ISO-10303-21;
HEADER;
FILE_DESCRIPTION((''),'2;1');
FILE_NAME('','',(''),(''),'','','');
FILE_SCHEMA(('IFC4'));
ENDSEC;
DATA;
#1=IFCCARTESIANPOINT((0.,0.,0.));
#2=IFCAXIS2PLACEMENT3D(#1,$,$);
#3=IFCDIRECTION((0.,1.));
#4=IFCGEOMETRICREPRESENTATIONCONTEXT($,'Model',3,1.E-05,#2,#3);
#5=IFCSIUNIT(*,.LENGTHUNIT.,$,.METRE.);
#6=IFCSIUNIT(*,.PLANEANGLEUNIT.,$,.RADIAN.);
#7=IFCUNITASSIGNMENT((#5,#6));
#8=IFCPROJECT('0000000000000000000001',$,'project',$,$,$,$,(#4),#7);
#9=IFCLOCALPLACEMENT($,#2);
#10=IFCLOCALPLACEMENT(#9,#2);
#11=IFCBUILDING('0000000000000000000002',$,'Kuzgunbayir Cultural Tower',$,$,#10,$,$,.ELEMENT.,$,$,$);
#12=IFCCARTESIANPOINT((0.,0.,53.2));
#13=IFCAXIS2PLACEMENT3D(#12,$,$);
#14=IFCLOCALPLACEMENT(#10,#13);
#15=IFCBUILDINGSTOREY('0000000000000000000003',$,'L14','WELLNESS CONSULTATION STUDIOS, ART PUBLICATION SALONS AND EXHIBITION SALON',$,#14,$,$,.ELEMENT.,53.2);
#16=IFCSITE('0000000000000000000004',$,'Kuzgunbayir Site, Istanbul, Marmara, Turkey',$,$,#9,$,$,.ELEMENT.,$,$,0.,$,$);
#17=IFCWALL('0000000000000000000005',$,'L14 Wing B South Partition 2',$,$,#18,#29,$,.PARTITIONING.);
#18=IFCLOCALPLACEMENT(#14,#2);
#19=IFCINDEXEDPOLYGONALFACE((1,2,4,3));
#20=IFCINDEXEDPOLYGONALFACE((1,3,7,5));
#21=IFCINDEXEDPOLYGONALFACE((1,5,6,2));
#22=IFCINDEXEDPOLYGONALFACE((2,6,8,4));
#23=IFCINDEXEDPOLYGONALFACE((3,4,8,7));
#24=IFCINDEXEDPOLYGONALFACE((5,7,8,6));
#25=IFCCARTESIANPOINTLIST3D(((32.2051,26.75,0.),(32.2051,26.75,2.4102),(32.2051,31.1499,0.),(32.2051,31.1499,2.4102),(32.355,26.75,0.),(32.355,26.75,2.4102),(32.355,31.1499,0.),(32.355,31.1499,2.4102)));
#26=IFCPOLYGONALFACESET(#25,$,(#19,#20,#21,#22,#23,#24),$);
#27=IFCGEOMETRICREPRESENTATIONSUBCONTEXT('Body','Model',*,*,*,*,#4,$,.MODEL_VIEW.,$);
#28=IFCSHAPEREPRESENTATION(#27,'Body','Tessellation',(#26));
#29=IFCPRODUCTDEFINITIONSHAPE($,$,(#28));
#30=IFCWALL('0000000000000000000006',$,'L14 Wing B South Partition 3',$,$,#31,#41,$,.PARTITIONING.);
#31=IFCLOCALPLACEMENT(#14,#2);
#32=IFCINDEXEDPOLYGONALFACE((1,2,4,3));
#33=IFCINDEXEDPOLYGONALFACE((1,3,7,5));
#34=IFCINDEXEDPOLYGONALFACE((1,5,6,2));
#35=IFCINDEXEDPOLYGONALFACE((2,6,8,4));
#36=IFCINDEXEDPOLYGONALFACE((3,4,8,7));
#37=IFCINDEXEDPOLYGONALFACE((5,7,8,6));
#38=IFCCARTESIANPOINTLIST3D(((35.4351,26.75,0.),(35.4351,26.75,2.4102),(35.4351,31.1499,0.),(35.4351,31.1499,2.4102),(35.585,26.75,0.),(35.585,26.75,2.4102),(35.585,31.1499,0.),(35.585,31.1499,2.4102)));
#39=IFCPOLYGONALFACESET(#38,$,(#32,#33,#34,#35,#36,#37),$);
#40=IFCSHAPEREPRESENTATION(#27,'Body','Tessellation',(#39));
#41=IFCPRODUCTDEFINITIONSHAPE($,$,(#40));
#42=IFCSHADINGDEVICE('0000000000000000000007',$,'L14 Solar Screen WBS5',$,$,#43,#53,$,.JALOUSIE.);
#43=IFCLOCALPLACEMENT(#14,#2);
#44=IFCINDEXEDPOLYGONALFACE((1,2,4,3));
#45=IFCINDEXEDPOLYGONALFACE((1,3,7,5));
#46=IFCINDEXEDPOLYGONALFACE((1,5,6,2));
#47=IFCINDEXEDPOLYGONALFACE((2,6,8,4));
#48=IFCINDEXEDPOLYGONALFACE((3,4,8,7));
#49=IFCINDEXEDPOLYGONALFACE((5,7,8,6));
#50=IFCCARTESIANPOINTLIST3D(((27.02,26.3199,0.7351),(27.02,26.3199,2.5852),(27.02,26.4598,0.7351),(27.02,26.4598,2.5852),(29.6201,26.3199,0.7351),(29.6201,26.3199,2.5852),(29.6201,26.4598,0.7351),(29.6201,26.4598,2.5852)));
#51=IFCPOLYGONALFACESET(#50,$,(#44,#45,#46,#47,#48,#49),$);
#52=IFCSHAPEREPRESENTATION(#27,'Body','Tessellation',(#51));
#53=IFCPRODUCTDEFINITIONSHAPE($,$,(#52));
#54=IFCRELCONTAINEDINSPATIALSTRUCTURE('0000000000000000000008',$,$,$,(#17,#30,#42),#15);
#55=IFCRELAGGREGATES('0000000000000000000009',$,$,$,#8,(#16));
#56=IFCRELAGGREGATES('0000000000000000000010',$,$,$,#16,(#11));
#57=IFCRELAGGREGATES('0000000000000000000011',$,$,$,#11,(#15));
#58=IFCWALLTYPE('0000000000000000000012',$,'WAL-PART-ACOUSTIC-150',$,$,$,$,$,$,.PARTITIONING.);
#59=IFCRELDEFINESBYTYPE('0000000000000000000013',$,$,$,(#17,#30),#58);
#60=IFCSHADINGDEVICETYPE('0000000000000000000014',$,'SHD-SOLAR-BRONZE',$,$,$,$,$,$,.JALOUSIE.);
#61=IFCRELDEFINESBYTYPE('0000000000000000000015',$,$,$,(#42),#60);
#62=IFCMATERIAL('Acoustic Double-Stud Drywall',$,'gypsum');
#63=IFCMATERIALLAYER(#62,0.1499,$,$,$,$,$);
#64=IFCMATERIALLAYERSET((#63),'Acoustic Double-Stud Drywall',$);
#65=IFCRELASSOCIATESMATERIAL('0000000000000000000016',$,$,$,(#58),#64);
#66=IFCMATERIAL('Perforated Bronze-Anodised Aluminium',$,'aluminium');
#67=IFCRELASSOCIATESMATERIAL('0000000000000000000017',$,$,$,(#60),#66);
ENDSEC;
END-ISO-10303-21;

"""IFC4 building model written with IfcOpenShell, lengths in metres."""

from ifc_helpers import new_model, si_unit, direction, frame, frame_2d, origin, origin_2d, place, context, subcontext, project, spatial, rectangle, extrude, material, layer, layer_set, type_object, element, save


model = new_model("IFC4")

# Units and contexts
model_context = context("Model", 3, precision=1e-05, world=origin(), true_north=direction((0.0, 1.0)))
body_context = subcontext(model_context, "Body", "Model", "MODEL_VIEW")
ifc_project = project(units=[si_unit("LENGTHUNIT", "METRE"), si_unit("PLANEANGLEUNIT", "RADIAN")], contexts=[model_context])

# Site, building, storey
site_placement = place(None, origin())
site = spatial("IfcSite", under=ifc_project, at=site_placement, Name="Kuzgunbayir Site, Istanbul, Marmara, Turkey", CompositionType="ELEMENT", RefElevation=0.0)
building_placement = place(site_placement, origin())
building = spatial("IfcBuilding", under=site, at=building_placement, Name="Kuzgunbayir Cultural Tower", CompositionType="ELEMENT")
storey_placement = place(building_placement, frame((0.0, 0.0, 53.2)))
storey = spatial("IfcBuildingStorey", under=building, at=storey_placement, Name="L14", Description="WELLNESS CONSULTATION STUDIOS, ART PUBLICATION SALONS AND EXHIBITION SALON", CompositionType="ELEMENT", Elevation=53.2)

# Shared definitions
ifc_material_1 = material(Name="Acoustic Double-Stud Drywall", Category="gypsum")
ifc_layer_1 = layer(ifc_material_1, 0.1499)
ifc_layer_set_1 = layer_set([ifc_layer_1], Name="Acoustic Double-Stud Drywall")
wall_type = type_object("IfcWallType", Name="WAL-PART-ACOUSTIC-150", PredefinedType="PARTITIONING", material=ifc_layer_set_1)

# Walls
for number, where, z_axis, x_axis, name in (
    (1, (32.28, 26.75, 0.0), (0.0, 0.0, 1.0), (0.0, 1.0, 0.0), "L14 Wing B South Partition 2"),
    (2, (35.51, 26.75, 0.0), (0.0, 0.0, 1.0), (0.0, 1.0, 0.0), "L14 Wing B South Partition 3"),
):
    element("IfcWall", number, at=place(storey_placement, frame(where, z_axis=z_axis, x_axis=x_axis)), inside=storey, type_object=wall_type, Name=name, PredefinedType="PARTITIONING", context=body_context, shape_type="SweptSolid", body=[
        extrude(rectangle(XDim=4.3999, YDim=0.1499, at=frame_2d((2.2, 0.0))), origin(), (0.0, 0.0, 1.0), 2.4102),
    ])

# Shading device
ifc_material_2 = material(Name="Perforated Bronze-Anodised Aluminium", Category="aluminium")
shading_device_type = type_object("IfcShadingDeviceType", Name="SHD-SOLAR-BRONZE", PredefinedType="JALOUSIE", material=ifc_material_2)
shading_device_placement = place(storey_placement, frame((28.3201, 26.3899, 0.7351), z_axis=(0.0, 0.0, 1.0), x_axis=(1.0, 0.0, 0.0)))
element("IfcShadingDevice", 3, at=shading_device_placement, inside=storey, type_object=shading_device_type, Name="L14 Solar Screen WBS5", PredefinedType="JALOUSIE", context=body_context, shape_type="SweptSolid", body=[
    extrude(rectangle(XDim=2.6001, YDim=0.1399, at=origin_2d()), origin(), (0.0, 0.0, 1.0), 1.8501),
])

save(model, "model.ifc")
